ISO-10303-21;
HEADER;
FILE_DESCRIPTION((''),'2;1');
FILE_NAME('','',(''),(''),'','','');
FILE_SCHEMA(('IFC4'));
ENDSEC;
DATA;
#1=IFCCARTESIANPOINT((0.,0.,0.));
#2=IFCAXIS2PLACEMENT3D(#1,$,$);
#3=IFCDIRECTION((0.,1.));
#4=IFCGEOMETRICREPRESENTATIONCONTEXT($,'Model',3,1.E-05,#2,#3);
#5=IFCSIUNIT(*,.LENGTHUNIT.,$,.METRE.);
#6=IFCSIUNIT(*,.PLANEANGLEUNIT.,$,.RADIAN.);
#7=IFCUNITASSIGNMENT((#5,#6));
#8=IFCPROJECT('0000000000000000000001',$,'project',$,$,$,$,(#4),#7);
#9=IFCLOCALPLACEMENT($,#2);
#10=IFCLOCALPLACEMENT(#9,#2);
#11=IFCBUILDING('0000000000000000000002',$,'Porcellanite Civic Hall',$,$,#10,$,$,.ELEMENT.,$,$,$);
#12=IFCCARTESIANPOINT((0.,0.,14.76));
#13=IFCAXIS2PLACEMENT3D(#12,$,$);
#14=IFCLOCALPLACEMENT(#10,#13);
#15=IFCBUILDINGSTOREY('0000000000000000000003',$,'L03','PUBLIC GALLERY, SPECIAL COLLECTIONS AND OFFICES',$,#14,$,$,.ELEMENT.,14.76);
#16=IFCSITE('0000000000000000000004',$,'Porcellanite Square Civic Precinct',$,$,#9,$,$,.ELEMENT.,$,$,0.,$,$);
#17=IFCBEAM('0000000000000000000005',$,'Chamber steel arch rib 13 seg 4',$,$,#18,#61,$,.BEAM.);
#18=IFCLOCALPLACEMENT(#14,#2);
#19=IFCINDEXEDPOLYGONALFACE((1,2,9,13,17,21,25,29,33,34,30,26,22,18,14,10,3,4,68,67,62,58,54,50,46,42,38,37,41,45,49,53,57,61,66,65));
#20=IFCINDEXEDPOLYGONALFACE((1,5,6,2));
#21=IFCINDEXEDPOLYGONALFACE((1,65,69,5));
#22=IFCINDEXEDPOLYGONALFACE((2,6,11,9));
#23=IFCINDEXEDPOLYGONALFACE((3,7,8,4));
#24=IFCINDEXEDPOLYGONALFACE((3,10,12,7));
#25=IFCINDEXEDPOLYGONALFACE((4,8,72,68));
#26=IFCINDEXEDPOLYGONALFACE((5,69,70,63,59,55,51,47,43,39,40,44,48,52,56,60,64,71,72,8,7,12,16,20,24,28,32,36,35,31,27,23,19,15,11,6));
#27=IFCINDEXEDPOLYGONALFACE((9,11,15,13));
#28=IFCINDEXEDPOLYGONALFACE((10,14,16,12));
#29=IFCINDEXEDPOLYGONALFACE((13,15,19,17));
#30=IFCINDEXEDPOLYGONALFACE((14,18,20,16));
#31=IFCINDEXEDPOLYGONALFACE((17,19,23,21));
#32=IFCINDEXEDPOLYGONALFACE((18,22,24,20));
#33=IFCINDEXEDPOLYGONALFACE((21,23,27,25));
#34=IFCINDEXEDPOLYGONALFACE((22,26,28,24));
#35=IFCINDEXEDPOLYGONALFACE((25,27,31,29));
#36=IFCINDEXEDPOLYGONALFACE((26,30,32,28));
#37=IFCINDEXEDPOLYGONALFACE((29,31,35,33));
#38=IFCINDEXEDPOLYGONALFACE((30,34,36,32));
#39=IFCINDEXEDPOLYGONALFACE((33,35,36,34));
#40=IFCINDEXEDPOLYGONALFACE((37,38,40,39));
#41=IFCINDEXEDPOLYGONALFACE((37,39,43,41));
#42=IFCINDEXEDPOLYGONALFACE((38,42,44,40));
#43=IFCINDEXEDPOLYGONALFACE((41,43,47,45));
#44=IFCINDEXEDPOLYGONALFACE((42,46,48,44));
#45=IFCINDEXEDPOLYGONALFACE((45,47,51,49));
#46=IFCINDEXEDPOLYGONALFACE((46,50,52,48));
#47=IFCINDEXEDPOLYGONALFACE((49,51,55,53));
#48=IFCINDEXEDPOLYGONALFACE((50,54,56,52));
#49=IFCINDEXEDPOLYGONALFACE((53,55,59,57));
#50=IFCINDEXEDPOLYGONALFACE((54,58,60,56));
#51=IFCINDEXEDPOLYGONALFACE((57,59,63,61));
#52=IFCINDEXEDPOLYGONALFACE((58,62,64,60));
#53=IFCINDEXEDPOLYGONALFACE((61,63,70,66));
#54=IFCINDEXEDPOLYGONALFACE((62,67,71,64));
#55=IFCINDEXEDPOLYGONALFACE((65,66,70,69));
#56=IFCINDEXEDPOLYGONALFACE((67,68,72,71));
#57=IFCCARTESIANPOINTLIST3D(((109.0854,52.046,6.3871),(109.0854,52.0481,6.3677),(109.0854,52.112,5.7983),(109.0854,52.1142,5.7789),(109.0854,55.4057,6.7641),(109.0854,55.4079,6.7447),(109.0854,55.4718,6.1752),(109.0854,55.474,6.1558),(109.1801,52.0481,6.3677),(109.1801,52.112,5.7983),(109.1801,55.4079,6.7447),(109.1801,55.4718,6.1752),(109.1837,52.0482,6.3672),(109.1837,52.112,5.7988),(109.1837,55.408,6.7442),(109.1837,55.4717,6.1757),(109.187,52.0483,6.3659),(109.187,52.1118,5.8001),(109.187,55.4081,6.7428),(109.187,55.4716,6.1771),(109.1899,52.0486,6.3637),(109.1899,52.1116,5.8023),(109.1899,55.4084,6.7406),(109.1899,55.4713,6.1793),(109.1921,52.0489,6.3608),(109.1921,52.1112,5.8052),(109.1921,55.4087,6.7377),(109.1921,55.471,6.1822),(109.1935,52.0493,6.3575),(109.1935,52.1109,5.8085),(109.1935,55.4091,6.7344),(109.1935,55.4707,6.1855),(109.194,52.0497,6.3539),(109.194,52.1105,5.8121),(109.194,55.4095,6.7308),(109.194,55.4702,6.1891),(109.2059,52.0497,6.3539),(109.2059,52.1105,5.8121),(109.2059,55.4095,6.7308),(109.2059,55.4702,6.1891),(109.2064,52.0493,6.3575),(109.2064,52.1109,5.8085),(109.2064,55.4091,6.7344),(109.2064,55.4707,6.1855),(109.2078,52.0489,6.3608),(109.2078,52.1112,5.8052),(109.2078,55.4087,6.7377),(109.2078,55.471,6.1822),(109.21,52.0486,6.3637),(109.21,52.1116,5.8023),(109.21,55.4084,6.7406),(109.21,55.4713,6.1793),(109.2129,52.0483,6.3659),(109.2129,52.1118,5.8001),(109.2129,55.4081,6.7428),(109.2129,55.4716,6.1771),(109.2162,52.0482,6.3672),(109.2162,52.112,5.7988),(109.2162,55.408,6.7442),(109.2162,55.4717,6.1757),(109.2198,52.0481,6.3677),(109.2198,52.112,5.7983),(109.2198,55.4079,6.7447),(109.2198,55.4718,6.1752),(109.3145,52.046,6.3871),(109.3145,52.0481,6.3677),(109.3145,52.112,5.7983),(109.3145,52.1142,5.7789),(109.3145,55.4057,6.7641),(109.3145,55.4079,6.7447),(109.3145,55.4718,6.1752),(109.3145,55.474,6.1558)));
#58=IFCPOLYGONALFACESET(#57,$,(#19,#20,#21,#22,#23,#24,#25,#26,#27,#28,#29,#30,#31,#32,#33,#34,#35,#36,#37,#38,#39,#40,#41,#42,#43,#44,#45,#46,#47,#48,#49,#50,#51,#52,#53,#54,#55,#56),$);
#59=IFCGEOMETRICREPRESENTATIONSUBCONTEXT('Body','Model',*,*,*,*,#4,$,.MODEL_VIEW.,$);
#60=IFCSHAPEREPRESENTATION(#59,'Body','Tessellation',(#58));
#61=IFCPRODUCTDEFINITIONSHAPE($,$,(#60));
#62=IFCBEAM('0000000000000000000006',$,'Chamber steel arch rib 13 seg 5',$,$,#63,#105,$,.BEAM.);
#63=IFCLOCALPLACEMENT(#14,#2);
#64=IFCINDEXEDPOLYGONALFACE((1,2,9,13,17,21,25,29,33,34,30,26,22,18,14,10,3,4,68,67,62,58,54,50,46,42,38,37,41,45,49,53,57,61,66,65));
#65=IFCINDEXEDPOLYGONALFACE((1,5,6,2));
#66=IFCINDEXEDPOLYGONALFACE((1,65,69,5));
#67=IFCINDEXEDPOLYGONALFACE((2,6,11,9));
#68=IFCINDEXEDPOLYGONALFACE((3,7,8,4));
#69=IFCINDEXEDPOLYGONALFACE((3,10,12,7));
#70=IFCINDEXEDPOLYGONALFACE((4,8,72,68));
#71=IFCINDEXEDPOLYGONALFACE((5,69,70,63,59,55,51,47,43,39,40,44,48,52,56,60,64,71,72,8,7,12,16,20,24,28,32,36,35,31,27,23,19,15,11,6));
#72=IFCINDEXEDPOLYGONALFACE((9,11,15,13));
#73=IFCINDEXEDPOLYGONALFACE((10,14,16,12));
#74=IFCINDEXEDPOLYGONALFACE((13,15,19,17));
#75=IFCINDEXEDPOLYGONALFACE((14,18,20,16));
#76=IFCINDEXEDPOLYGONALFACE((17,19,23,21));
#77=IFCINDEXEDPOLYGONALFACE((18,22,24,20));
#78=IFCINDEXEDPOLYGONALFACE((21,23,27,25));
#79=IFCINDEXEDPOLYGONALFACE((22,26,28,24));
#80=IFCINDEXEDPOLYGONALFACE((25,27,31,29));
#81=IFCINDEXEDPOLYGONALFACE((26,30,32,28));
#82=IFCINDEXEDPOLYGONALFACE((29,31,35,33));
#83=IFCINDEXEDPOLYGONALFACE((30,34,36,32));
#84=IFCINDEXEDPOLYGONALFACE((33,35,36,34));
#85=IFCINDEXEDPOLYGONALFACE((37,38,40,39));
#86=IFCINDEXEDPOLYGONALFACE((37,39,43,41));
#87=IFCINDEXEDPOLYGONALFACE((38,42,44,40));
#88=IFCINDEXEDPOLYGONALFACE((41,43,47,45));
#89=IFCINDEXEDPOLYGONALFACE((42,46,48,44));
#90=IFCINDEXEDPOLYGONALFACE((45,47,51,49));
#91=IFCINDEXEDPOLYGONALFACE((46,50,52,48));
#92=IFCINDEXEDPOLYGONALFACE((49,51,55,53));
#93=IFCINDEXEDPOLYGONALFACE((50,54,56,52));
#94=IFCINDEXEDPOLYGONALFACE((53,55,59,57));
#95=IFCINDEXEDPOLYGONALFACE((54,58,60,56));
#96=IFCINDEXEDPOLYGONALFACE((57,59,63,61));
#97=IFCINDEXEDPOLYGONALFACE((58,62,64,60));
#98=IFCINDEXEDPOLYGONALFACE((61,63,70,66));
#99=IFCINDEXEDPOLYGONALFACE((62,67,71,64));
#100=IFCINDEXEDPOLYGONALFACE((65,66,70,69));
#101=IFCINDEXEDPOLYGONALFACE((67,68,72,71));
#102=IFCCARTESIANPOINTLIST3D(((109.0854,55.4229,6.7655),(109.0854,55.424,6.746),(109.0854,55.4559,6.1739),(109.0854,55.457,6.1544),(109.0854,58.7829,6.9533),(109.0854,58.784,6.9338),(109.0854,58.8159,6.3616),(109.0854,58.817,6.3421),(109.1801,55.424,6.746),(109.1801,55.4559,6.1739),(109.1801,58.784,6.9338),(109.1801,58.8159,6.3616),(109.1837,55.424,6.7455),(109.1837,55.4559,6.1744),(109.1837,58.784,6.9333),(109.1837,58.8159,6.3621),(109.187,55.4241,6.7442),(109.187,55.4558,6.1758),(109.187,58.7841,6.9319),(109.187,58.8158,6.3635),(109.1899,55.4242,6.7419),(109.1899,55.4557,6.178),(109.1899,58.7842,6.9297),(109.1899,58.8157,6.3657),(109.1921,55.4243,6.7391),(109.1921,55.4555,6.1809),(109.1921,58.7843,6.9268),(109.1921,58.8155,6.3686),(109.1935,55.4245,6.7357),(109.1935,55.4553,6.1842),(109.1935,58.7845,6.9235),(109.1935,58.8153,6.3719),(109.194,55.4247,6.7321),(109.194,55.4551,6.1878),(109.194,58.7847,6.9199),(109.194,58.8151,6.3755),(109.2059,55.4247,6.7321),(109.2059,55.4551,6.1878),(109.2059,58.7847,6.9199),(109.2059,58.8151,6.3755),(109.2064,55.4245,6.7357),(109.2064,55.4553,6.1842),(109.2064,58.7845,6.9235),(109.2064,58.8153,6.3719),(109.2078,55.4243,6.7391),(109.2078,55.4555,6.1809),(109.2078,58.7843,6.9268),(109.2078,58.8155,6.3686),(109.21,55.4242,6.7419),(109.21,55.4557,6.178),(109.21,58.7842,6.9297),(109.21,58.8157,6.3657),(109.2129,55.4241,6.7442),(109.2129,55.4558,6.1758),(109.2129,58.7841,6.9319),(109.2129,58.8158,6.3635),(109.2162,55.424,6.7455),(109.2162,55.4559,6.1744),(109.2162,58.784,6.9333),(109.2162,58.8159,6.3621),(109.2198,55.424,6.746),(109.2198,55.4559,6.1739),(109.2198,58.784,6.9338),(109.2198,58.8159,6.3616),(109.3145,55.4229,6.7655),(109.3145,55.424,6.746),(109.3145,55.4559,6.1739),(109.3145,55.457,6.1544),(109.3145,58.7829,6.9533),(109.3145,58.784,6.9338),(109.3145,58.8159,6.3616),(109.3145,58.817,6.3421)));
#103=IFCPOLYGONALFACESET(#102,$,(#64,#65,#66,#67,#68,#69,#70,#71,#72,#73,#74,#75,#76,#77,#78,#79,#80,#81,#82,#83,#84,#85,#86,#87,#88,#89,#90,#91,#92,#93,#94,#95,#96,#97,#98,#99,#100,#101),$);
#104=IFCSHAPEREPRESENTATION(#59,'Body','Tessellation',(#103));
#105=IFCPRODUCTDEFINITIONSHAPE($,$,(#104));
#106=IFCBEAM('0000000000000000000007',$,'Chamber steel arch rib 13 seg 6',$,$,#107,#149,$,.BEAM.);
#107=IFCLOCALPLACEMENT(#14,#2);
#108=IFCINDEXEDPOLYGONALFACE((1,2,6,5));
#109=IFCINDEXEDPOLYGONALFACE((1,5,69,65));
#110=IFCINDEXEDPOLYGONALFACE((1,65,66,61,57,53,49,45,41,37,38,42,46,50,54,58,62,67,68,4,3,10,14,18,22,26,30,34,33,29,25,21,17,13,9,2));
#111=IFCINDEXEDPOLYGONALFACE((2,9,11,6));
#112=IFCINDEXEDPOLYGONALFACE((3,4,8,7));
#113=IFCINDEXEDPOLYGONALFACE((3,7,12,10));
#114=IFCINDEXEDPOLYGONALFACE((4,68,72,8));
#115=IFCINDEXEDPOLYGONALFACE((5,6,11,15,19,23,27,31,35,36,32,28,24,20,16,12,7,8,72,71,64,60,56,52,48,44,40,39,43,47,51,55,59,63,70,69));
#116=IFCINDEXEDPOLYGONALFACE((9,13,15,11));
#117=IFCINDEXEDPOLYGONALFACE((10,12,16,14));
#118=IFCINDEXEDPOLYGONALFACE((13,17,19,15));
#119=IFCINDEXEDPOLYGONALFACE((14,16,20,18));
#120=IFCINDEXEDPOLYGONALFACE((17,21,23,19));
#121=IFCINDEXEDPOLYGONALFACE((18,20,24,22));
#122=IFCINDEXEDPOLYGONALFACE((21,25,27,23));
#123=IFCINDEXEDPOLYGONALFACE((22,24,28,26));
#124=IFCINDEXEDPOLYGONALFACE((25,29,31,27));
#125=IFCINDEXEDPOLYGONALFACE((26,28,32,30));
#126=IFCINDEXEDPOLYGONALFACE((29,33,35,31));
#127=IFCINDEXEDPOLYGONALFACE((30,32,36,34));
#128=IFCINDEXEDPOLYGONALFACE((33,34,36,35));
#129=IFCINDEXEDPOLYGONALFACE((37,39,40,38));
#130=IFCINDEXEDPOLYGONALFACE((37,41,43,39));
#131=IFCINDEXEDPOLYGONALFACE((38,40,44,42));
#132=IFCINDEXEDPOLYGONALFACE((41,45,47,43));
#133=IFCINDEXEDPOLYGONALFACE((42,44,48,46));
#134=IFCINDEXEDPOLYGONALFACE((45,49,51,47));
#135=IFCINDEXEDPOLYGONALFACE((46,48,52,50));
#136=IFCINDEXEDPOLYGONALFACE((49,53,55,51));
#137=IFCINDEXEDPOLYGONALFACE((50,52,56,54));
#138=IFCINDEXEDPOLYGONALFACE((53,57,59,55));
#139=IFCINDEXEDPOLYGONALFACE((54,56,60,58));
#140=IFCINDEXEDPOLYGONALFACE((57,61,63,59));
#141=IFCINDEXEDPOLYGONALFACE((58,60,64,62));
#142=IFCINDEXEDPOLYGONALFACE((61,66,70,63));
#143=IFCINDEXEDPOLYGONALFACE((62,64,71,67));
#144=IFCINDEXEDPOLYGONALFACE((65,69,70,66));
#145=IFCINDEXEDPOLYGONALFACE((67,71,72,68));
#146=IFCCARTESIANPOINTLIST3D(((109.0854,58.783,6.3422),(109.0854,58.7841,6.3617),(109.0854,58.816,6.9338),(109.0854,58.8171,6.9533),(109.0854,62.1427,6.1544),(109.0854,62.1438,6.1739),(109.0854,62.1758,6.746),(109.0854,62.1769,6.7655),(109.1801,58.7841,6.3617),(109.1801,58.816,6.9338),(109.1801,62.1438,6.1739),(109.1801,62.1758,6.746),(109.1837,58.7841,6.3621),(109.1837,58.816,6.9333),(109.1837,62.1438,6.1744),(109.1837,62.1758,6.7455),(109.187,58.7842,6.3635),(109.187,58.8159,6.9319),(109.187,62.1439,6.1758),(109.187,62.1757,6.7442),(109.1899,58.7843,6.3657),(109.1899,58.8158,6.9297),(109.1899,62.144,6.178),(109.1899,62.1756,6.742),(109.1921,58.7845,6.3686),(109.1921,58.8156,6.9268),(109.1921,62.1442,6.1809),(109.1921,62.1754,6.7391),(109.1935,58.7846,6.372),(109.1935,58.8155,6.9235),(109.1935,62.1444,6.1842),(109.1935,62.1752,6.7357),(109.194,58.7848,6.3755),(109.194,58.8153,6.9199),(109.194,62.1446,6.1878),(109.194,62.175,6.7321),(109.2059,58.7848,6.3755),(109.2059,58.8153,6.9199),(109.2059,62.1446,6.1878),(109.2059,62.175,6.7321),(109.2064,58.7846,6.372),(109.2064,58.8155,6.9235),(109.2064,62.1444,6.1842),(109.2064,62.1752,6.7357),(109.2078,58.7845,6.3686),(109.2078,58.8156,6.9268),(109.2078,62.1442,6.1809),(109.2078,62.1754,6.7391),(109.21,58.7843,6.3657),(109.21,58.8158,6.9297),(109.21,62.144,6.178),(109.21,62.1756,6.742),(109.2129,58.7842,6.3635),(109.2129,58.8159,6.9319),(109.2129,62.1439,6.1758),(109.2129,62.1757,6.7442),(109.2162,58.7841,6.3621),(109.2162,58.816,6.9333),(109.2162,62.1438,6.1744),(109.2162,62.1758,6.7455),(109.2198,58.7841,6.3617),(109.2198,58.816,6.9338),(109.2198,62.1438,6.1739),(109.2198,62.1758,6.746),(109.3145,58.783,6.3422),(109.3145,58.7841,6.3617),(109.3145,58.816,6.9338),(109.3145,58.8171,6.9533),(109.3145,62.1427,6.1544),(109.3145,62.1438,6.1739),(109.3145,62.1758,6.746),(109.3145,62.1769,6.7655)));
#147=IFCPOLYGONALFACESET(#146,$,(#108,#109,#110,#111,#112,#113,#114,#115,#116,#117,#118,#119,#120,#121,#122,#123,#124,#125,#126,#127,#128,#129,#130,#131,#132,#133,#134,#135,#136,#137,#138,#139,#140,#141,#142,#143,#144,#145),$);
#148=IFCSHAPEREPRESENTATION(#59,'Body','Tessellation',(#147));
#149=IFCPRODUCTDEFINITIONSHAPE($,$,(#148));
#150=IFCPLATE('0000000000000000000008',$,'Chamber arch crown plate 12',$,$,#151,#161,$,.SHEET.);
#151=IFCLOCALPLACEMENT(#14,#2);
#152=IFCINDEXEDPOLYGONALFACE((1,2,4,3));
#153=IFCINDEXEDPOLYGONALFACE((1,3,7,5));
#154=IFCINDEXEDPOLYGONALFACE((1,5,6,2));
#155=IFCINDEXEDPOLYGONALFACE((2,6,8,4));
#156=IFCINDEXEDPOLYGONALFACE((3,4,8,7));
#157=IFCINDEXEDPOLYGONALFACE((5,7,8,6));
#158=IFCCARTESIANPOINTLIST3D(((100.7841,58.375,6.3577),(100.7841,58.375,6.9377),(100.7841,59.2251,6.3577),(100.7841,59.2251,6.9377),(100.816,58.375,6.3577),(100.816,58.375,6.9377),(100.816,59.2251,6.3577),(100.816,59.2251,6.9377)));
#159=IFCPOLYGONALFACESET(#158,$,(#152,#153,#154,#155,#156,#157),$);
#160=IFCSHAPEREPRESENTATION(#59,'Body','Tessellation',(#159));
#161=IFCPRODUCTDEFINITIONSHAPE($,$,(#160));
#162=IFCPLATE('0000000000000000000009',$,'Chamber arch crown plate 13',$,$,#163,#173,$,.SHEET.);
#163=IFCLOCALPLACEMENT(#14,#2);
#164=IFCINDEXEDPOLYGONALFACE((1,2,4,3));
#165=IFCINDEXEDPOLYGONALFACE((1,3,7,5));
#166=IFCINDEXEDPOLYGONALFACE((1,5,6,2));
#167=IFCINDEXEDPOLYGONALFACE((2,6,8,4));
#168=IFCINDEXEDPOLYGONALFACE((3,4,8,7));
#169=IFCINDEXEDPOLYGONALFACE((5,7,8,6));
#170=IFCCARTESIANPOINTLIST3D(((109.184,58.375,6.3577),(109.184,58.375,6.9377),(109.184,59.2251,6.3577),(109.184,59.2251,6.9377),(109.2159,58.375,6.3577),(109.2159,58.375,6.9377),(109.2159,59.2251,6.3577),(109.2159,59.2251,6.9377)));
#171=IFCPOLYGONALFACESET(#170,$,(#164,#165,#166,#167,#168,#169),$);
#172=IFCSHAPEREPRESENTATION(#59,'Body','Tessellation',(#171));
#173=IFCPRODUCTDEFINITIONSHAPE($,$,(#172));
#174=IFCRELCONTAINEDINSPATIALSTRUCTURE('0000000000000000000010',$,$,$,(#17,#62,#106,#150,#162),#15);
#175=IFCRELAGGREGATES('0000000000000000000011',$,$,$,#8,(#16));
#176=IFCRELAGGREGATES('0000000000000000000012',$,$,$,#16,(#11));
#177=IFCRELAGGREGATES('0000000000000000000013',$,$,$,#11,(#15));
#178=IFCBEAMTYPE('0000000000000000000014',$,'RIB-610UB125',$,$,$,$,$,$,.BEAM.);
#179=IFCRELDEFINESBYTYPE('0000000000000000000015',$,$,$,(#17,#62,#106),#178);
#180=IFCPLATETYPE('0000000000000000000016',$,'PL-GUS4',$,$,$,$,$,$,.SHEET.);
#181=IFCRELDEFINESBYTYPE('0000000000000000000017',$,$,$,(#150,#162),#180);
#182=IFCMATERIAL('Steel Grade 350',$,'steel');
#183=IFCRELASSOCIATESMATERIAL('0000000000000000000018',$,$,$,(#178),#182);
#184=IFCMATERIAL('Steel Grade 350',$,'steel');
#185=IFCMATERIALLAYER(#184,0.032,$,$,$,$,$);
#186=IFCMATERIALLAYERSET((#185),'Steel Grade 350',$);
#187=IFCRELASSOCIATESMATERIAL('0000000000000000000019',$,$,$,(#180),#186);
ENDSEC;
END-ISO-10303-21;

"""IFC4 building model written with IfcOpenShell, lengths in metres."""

from ifc_helpers import new_model, si_unit, direction, frame, origin, origin_2d, place, context, subcontext, project, spatial, rectangle, i_section, extrude, material, layer, layer_set, material_profile, profile_set, type_object, element, save


model = new_model("IFC4")

# Units and contexts
model_context = context("Model", 3, precision=1e-05, world=origin(), true_north=direction((0.0, 1.0)))
body_context = subcontext(model_context, "Body", "Model", "MODEL_VIEW")
ifc_project = project(units=[si_unit("LENGTHUNIT", "METRE"), si_unit("PLANEANGLEUNIT", "RADIAN")], contexts=[model_context])

# Site, building, storey
site_placement = place(None, origin())
site = spatial("IfcSite", under=ifc_project, at=site_placement, Name="Porcellanite Square Civic Precinct", CompositionType="ELEMENT", RefElevation=0.0)
building_placement = place(site_placement, origin())
building = spatial("IfcBuilding", under=site, at=building_placement, Name="Porcellanite Civic Hall", CompositionType="ELEMENT")
storey_placement = place(building_placement, frame((0.0, 0.0, 14.76)))
storey = spatial("IfcBuildingStorey", under=building, at=storey_placement, Name="L03", Description="PUBLIC GALLERY, SPECIAL COLLECTIONS AND OFFICES", CompositionType="ELEMENT", Elevation=14.76)

# Beams
ifc_material_1 = material(Name="Steel Grade 350", Category="steel")
ifc_material_profile_1 = material_profile(ifc_material_1, i_section(OverallWidth=0.229, OverallDepth=0.6121, WebThickness=0.012, FlangeThickness=0.0195, FilletRadius=0.0139, at=origin_2d()), Name="610UB125")
ifc_profile_set_1 = profile_set([ifc_material_profile_1], Name="Steel Grade 350")
beam_type = type_object("IfcBeamType", Name="RIB-610UB125", PredefinedType="BEAM", material=ifc_profile_set_1)
beam_1_placement = place(storey_placement, frame((109.2, 52.0801, 6.083), z_axis=(0.0, 0.993765, 0.111493), x_axis=(-1.0, 0.0, 0.0)))
element("IfcBeam", 1, at=beam_1_placement, inside=storey, type_object=beam_type, Name="Chamber steel arch rib 13 seg 4", PredefinedType="BEAM", context=body_context, shape_type="SweptSolid", body=[
    extrude(i_section(OverallWidth=0.229, OverallDepth=0.6121, WebThickness=0.012, FlangeThickness=0.0195, FilletRadius=0.0139, at=origin_2d()), origin(), (0.0, 0.0, 1.0), 3.3809),
])
beam_2_placement = place(storey_placement, frame((109.2, 55.4399, 6.46), z_axis=(0.0, 0.998443, 0.055787), x_axis=(-1.0, 0.0, 0.0)))
element("IfcBeam", 2, at=beam_2_placement, inside=storey, type_object=beam_type, Name="Chamber steel arch rib 13 seg 5", PredefinedType="BEAM", context=body_context, shape_type="SweptSolid", body=[
    extrude(i_section(OverallWidth=0.229, OverallDepth=0.6121, WebThickness=0.012, FlangeThickness=0.0195, FilletRadius=0.0139, at=origin_2d()), origin(), (0.0, 0.0, 1.0), 3.3652),
])
beam_3_placement = place(storey_placement, frame((109.2, 58.8, 6.6477), z_axis=(0.0, 0.998442, -0.055791), x_axis=(-1.0, 0.0, 0.0)))
element("IfcBeam", 3, at=beam_3_placement, inside=storey, type_object=beam_type, Name="Chamber steel arch rib 13 seg 6", PredefinedType="BEAM", context=body_context, shape_type="SweptSolid", body=[
    extrude(i_section(OverallWidth=0.229, OverallDepth=0.6121, WebThickness=0.012, FlangeThickness=0.0195, FilletRadius=0.0139, at=origin_2d()), origin(), (0.0, 0.0, 1.0), 3.365),
])

# Plates
ifc_material_2 = material(Name="Steel Grade 350", Category="steel")
ifc_layer_1 = layer(ifc_material_2, 0.032)
ifc_layer_set_1 = layer_set([ifc_layer_1], Name="Steel Grade 350")
plate_type = type_object("IfcPlateType", Name="PL-GUS4", PredefinedType="SHEET", material=ifc_layer_set_1)
for number, where, z_axis, x_axis, name in (
    (4, (100.8, 58.8, 6.3577), (0.0, 0.0, 1.0), (1.0, 0.0, 0.0), "Chamber arch crown plate 12"),
    (5, (109.2, 58.8, 6.3577), (0.0, 0.0, 1.0), (1.0, 0.0, 0.0), "Chamber arch crown plate 13"),
):
    element("IfcPlate", number, at=place(storey_placement, frame(where, z_axis=z_axis, x_axis=x_axis)), inside=storey, type_object=plate_type, Name=name, PredefinedType="SHEET", context=body_context, shape_type="SweptSolid", body=[
        extrude(rectangle(XDim=0.032, YDim=0.8501, at=origin_2d()), origin(), (0.0, 0.0, 1.0), 0.5801),
    ])

save(model, "model.ifc")
